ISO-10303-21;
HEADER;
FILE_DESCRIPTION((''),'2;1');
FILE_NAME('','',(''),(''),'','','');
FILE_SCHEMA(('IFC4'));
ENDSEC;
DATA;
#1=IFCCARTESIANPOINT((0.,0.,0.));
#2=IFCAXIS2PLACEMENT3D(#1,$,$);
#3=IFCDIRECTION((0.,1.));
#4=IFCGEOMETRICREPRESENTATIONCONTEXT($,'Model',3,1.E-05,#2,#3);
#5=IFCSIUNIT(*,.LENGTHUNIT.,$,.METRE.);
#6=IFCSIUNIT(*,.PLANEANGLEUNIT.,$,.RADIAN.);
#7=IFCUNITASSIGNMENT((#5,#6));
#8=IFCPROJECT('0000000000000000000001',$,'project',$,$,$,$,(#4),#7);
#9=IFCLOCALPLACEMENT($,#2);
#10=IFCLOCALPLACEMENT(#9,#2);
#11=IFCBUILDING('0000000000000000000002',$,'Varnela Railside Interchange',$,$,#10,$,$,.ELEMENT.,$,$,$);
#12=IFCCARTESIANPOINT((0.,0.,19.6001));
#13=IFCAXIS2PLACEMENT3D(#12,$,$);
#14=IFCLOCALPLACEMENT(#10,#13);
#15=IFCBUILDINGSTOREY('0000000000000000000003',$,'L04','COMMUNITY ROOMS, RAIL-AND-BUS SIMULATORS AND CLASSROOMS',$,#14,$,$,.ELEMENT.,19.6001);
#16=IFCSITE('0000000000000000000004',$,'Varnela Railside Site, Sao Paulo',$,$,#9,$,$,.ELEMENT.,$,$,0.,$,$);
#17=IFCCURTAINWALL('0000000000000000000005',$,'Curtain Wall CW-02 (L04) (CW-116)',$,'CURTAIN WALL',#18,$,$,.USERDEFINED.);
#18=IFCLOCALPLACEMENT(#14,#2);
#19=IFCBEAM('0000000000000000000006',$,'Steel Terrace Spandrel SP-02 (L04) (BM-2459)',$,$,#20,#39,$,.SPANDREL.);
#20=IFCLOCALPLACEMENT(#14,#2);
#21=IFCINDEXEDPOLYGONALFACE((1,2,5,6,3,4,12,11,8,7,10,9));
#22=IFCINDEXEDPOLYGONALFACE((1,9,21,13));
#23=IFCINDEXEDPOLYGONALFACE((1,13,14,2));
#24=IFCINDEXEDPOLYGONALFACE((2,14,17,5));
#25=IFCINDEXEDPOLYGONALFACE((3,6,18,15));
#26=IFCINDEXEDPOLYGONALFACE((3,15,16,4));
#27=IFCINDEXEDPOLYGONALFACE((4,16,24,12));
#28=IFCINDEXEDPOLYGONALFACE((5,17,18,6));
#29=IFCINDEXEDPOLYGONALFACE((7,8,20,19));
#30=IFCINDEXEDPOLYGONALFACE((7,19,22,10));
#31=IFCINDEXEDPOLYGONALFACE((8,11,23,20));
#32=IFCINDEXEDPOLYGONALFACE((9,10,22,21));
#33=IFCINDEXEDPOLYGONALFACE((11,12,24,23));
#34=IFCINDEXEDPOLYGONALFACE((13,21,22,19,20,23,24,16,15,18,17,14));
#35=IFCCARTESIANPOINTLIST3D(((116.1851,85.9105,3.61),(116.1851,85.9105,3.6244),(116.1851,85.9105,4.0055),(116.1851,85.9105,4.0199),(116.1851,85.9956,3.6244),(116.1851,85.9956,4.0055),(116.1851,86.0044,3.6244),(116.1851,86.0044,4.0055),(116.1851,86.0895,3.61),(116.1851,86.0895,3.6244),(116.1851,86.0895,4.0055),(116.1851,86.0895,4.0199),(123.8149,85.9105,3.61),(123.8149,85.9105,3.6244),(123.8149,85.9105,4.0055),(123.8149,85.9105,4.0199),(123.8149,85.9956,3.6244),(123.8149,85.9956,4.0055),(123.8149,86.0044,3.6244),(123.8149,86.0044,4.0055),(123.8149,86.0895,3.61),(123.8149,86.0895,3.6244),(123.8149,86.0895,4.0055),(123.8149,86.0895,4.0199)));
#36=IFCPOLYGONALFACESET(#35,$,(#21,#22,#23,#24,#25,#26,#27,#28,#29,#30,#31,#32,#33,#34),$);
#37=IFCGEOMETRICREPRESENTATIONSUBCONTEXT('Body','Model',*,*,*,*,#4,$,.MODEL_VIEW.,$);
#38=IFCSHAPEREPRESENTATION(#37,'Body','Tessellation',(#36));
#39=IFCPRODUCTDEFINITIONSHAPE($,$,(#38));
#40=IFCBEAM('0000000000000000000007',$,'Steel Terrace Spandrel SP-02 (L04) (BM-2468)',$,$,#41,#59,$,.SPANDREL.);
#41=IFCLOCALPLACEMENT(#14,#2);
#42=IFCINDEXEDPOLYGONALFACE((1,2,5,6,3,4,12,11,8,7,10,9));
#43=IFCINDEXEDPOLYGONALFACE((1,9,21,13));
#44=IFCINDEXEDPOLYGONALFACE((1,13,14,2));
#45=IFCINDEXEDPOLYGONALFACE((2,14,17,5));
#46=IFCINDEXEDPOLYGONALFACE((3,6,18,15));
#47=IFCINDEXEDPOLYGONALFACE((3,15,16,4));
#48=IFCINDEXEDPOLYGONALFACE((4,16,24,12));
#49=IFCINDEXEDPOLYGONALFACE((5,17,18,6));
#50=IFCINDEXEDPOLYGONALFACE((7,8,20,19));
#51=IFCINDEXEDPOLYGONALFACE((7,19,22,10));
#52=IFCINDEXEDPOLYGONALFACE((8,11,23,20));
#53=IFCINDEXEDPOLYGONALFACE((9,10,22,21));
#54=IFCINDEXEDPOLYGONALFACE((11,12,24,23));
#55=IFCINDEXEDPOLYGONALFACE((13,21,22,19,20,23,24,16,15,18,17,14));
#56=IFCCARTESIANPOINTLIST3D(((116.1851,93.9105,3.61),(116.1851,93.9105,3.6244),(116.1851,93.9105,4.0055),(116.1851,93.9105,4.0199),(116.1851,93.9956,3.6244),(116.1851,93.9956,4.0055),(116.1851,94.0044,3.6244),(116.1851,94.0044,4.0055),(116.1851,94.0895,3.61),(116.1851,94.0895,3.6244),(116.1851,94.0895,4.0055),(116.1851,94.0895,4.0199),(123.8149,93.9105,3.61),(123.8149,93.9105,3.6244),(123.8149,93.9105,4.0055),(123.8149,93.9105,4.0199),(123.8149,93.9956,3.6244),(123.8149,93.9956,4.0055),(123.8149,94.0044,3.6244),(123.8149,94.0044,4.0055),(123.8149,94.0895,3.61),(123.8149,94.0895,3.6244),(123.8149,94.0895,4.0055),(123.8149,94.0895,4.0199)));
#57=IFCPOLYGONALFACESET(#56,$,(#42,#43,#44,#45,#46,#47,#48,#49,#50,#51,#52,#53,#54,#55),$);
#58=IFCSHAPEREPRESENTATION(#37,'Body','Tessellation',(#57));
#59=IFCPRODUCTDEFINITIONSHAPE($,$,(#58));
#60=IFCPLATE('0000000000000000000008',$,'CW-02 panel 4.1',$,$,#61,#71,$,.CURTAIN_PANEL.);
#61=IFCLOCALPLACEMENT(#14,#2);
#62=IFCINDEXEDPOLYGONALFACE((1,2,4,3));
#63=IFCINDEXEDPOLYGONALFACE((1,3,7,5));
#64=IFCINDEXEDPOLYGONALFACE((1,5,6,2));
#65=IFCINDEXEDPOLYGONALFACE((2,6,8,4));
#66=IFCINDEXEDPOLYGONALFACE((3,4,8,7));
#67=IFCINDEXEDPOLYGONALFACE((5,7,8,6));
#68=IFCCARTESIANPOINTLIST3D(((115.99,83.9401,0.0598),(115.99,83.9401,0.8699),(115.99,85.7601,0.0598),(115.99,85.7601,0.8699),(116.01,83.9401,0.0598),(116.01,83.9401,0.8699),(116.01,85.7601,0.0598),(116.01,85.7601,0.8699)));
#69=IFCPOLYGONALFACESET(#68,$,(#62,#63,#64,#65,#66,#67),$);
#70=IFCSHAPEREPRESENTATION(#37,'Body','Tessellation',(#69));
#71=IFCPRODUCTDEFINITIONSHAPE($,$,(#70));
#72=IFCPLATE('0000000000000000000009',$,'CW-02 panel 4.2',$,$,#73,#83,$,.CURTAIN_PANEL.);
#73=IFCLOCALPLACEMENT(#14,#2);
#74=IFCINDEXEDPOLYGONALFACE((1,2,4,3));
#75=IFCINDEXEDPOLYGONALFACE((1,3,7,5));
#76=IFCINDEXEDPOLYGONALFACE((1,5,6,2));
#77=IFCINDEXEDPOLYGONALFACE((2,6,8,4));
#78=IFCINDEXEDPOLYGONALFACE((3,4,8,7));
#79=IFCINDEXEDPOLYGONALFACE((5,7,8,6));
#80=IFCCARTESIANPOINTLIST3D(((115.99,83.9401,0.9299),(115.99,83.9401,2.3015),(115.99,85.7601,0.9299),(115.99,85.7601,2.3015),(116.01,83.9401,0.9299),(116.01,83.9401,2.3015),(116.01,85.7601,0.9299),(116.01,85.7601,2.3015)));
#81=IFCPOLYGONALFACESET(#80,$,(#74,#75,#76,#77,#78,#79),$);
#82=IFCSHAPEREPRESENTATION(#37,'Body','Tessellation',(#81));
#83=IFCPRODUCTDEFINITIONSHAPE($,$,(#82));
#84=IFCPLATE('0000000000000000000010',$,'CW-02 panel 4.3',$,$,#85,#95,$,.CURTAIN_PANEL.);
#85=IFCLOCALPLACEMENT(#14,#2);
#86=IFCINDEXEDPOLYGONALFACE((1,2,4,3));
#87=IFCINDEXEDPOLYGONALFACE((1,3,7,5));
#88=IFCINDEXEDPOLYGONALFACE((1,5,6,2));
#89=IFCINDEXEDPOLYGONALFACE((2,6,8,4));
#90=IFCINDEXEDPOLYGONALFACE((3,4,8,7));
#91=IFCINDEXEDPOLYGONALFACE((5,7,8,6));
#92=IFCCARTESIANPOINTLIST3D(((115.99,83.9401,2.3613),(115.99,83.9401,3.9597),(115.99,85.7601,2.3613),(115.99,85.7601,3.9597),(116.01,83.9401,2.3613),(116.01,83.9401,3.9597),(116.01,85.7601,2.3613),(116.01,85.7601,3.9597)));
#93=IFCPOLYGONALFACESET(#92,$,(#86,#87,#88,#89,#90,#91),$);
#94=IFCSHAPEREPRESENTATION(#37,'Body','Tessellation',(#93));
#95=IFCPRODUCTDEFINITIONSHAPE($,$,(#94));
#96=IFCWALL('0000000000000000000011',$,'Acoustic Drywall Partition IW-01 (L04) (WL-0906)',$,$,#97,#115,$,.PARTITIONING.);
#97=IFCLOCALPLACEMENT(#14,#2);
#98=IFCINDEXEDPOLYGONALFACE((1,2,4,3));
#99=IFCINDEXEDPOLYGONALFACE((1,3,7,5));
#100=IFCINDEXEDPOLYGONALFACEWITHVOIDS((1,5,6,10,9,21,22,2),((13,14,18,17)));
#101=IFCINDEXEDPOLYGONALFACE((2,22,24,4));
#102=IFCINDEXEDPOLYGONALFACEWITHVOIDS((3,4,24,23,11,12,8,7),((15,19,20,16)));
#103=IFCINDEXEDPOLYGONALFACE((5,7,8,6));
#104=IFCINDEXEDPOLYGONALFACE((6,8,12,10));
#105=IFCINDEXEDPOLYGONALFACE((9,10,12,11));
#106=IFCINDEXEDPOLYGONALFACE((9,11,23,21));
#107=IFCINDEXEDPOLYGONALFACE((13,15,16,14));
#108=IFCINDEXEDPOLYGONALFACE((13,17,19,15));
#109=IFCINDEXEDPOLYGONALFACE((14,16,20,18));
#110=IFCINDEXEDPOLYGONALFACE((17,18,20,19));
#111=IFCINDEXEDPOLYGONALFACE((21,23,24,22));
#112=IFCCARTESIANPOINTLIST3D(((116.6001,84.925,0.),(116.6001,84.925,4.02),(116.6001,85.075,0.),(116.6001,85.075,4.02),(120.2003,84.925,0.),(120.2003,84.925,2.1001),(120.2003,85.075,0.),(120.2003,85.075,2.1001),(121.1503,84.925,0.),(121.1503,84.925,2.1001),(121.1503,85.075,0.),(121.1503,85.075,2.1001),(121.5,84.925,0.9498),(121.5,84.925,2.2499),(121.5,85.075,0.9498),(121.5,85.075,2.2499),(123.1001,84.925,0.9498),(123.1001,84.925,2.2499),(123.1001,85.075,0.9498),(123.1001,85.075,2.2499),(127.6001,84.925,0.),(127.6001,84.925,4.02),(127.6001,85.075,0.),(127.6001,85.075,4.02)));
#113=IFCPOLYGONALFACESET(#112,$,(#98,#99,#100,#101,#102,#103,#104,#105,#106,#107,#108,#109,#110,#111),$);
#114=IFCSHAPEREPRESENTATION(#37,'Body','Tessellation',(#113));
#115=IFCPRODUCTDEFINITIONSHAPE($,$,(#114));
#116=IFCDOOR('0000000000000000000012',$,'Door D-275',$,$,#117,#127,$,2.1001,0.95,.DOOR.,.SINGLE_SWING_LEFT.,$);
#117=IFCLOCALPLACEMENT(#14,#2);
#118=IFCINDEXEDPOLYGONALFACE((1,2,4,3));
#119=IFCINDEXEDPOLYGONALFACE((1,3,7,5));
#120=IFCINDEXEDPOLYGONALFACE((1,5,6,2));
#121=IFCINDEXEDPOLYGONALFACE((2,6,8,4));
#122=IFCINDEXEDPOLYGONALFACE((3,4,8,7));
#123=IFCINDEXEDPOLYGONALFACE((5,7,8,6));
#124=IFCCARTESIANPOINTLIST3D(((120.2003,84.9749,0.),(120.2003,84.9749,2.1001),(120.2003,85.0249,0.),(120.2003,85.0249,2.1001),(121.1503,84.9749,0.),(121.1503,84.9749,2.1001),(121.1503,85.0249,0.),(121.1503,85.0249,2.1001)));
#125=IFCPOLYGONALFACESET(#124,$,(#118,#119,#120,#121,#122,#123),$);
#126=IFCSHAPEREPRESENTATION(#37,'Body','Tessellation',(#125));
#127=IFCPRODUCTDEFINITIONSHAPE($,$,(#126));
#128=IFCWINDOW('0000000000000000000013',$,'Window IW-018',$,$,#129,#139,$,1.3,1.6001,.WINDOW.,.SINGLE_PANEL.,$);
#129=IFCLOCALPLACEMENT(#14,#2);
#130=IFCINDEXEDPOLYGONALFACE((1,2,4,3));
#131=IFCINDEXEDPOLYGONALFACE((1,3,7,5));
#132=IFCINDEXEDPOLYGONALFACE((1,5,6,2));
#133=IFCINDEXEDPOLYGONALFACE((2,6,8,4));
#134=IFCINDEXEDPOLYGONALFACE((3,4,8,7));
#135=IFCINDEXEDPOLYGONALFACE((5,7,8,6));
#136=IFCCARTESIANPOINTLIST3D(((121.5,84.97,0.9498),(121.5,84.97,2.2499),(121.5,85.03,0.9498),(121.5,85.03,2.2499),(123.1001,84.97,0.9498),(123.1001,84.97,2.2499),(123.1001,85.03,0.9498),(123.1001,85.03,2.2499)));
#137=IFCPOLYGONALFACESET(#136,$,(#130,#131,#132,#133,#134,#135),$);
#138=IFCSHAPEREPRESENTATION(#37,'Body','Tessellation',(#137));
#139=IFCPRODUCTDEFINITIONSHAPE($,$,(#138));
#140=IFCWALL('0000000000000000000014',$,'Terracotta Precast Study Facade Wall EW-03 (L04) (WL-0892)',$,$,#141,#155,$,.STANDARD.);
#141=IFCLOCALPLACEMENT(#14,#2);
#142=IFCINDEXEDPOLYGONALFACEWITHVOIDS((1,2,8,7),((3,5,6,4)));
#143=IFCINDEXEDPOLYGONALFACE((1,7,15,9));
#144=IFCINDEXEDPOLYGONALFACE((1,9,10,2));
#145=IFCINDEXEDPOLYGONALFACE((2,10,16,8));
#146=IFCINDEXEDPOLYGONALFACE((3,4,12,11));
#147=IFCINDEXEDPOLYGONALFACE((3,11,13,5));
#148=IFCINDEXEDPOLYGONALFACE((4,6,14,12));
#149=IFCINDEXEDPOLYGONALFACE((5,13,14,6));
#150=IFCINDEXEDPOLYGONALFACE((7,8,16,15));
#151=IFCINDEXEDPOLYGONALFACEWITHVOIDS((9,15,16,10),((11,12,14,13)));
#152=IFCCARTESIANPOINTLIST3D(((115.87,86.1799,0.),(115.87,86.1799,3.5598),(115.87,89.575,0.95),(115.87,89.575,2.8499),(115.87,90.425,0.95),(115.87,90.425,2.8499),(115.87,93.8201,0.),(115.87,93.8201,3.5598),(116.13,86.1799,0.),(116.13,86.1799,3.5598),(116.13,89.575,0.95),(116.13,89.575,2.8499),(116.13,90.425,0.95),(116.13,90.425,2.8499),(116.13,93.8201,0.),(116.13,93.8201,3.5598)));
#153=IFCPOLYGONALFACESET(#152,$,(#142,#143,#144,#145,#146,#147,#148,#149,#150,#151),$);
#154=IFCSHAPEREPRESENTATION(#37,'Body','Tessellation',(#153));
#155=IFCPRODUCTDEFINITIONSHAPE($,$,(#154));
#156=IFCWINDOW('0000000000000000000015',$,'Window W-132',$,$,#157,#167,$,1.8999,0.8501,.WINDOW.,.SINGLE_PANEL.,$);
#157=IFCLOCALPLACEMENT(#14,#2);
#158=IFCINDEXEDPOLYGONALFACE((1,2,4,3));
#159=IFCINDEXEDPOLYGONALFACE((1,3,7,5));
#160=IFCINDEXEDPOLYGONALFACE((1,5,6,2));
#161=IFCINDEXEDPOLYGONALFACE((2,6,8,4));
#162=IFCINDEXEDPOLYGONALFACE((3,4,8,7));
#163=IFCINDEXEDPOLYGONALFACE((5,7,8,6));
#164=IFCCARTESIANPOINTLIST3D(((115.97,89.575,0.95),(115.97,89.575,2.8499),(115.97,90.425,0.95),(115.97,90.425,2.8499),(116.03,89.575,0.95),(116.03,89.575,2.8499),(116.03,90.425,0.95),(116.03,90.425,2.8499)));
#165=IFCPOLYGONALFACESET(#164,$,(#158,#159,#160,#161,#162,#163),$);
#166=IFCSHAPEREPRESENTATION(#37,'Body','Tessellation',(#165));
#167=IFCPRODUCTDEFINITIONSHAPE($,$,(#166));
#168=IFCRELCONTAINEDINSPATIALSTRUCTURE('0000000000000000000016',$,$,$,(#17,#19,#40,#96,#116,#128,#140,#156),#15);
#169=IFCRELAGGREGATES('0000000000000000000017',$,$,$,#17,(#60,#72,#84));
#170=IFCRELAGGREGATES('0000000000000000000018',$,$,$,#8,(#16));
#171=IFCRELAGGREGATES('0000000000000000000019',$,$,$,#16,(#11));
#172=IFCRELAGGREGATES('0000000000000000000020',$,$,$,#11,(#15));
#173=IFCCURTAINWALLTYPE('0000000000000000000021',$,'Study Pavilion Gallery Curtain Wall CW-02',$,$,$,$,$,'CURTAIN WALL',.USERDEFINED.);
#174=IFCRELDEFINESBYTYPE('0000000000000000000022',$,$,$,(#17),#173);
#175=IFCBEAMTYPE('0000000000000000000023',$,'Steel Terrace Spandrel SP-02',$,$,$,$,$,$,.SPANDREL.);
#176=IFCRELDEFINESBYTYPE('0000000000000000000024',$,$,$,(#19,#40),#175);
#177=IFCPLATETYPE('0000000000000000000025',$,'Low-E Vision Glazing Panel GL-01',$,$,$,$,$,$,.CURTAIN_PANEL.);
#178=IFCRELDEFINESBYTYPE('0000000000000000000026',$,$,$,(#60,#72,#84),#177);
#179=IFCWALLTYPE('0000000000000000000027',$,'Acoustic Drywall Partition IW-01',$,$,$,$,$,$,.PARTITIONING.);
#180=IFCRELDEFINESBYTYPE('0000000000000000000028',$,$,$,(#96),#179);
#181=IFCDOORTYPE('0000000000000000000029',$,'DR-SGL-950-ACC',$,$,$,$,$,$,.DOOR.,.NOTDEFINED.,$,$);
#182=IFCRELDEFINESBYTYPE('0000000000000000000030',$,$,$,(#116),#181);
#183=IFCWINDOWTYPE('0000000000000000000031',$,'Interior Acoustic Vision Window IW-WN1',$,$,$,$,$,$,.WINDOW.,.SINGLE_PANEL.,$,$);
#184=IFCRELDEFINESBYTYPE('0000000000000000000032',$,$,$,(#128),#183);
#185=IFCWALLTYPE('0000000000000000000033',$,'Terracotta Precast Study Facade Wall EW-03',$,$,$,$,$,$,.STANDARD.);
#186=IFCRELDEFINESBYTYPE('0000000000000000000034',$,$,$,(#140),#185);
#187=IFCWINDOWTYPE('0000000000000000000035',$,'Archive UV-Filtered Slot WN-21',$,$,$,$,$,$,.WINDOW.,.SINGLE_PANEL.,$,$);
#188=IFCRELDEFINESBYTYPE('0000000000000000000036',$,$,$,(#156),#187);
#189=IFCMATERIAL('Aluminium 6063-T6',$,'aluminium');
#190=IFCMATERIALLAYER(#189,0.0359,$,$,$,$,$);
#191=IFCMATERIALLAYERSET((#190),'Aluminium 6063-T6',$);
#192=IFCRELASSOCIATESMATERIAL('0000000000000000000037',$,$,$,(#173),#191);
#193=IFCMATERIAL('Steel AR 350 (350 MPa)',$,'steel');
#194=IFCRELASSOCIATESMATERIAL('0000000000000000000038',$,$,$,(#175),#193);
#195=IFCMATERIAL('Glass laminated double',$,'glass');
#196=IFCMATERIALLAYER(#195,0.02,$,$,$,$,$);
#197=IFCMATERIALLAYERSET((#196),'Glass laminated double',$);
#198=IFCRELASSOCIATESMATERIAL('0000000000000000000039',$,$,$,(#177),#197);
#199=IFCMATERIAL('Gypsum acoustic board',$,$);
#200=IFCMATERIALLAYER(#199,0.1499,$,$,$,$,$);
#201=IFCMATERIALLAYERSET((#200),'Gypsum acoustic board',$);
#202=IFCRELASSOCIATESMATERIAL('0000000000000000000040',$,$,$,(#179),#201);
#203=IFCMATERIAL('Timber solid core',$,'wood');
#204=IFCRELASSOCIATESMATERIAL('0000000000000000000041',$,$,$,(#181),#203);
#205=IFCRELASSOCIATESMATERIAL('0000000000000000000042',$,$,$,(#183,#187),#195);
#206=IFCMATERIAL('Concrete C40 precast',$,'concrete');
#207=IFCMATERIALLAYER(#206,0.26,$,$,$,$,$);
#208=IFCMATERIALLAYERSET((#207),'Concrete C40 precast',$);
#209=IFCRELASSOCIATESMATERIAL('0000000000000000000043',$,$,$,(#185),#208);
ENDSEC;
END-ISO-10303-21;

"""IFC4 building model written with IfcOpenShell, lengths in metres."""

from ifc_helpers import new_model, si_unit, direction, frame, frame_2d, origin, origin_2d, place, context, subcontext, project, spatial, rectangle, i_section, extrude, material, layer, layer_set, material_profile, profile_set, type_object, element, fill, aggregate, save


model = new_model("IFC4")

# Units and contexts
model_context = context("Model", 3, precision=1e-05, world=origin(), true_north=direction((0.0, 1.0)))
body_context = subcontext(model_context, "Body", "Model", "MODEL_VIEW")
ifc_project = project(units=[si_unit("LENGTHUNIT", "METRE"), si_unit("PLANEANGLEUNIT", "RADIAN")], contexts=[model_context])

# Site, building, storey
site_placement = place(None, origin())
site = spatial("IfcSite", under=ifc_project, at=site_placement, Name="Varnela Railside Site, Sao Paulo", CompositionType="ELEMENT", RefElevation=0.0)
building_placement = place(site_placement, origin())
building = spatial("IfcBuilding", under=site, at=building_placement, Name="Varnela Railside Interchange", CompositionType="ELEMENT")
storey_placement = place(building_placement, frame((0.0, 0.0, 19.6001)))
storey = spatial("IfcBuildingStorey", under=building, at=storey_placement, Name="L04", Description="COMMUNITY ROOMS, RAIL-AND-BUS SIMULATORS AND CLASSROOMS", CompositionType="ELEMENT", Elevation=19.6001)

# Shared definitions
ifc_material_1 = material(Name="Steel AR 350 (350 MPa)", Category="steel")

# Curtain wall
ifc_material_2 = material(Name="Aluminium 6063-T6", Category="aluminium")
ifc_layer_1 = layer(ifc_material_2, 0.0359)
ifc_layer_set_1 = layer_set([ifc_layer_1], Name="Aluminium 6063-T6")
curtain_wall_type = type_object("IfcCurtainWallType", Name="Study Pavilion Gallery Curtain Wall CW-02", ElementType="CURTAIN WALL", PredefinedType="USERDEFINED", material=ifc_layer_set_1)
curtain_wall_1_placement = place(storey_placement, origin())
curtain_wall_1 = element("IfcCurtainWall", 1, at=curtain_wall_1_placement, inside=storey, type_object=curtain_wall_type, Name="Curtain Wall CW-02 (L04) (CW-116)", ObjectType="CURTAIN WALL", PredefinedType="USERDEFINED")

# Beams
ifc_material_profile_1 = material_profile(ifc_material_1, i_section(OverallWidth=0.179, OverallDepth=0.4099, WebThickness=0.0088, FlangeThickness=0.0144, at=origin_2d()), Name="W410x67")
ifc_profile_set_1 = profile_set([ifc_material_profile_1], Name="Steel AR 350 (350 MPa)")
beam_type_1 = type_object("IfcBeamType", Name="Steel Terrace Spandrel SP-02", PredefinedType="SPANDREL", material=ifc_profile_set_1)
for number, where, z_axis, x_axis, name in (
    (2, (116.1851, 86.0, 3.8149), (1.0, 0.0, 0.0), (0.0, 1.0, 0.0), "Steel Terrace Spandrel SP-02 (L04) (BM-2459)"),
    (3, (116.1851, 94.0, 3.8149), (1.0, 0.0, 0.0), (0.0, 1.0, 0.0), "Steel Terrace Spandrel SP-02 (L04) (BM-2468)"),
):
    element("IfcBeam", number, at=place(storey_placement, frame(where, z_axis=z_axis, x_axis=x_axis)), inside=storey, type_object=beam_type_1, Name=name, PredefinedType="SPANDREL", context=body_context, shape_type="SweptSolid", body=[
        extrude(i_section(OverallWidth=0.179, OverallDepth=0.4099, WebThickness=0.0088, FlangeThickness=0.0144, at=origin_2d()), origin(), (0.0, 0.0, 1.0), 7.6299),
    ])

# Plates
ifc_material_3 = material(Name="Glass laminated double", Category="glass")
ifc_layer_2 = layer(ifc_material_3, 0.02)
ifc_layer_set_2 = layer_set([ifc_layer_2], Name="Glass laminated double")
plate_type = type_object("IfcPlateType", Name="Low-E Vision Glazing Panel GL-01", PredefinedType="CURTAIN_PANEL", material=ifc_layer_set_2)
plate_1_placement = place(storey_placement, frame((116.0, 84.8501, 0.0598), z_axis=(0.0, 0.0, 1.0), x_axis=(0.0, 1.0, 0.0)))
plate_1 = element("IfcPlate", 4, at=plate_1_placement, type_object=plate_type, Name="CW-02 panel 4.1", PredefinedType="CURTAIN_PANEL", context=body_context, shape_type="SweptSolid", body=[
    extrude(rectangle(XDim=1.8201, YDim=0.02, at=origin_2d()), origin(), (0.0, 0.0, 1.0), 0.8101),
])
plate_2_placement = place(storey_placement, frame((116.0, 84.8501, 0.9299), z_axis=(0.0, 0.0, 1.0), x_axis=(0.0, 1.0, 0.0)))
plate_2 = element("IfcPlate", 5, at=plate_2_placement, type_object=plate_type, Name="CW-02 panel 4.2", PredefinedType="CURTAIN_PANEL", context=body_context, shape_type="SweptSolid", body=[
    extrude(rectangle(XDim=1.8201, YDim=0.02, at=origin_2d()), origin(), (0.0, 0.0, 1.0), 1.3716),
])
plate_3_placement = place(storey_placement, frame((116.0, 84.8501, 2.3613), z_axis=(0.0, 0.0, 1.0), x_axis=(0.0, 1.0, 0.0)))
plate_3 = element("IfcPlate", 6, at=plate_3_placement, type_object=plate_type, Name="CW-02 panel 4.3", PredefinedType="CURTAIN_PANEL", context=body_context, shape_type="SweptSolid", body=[
    extrude(rectangle(XDim=1.8201, YDim=0.02, at=origin_2d()), origin(), (0.0, 0.0, 1.0), 1.5984),
])
aggregate(curtain_wall_1, [plate_1, plate_2, plate_3])

# Wall, openings, door, window
ifc_material_4 = material(Name="Gypsum acoustic board")
ifc_layer_3 = layer(ifc_material_4, 0.1499)
ifc_layer_set_3 = layer_set([ifc_layer_3], Name="Gypsum acoustic board")
wall_type_1 = type_object("IfcWallType", Name="Acoustic Drywall Partition IW-01", PredefinedType="PARTITIONING", material=ifc_layer_set_3)
wall_1_placement = place(storey_placement, frame((116.6001, 85.0, 0.0), z_axis=(0.0, 0.0, 1.0), x_axis=(1.0, 0.0, 0.0)))
wall_1 = element("IfcWall", 7, at=wall_1_placement, inside=storey, type_object=wall_type_1, Name="Acoustic Drywall Partition IW-01 (L04) (WL-0906)", PredefinedType="PARTITIONING", context=body_context, shape_type="SweptSolid", body=[
    extrude(rectangle(XDim=11.0, YDim=0.1499, at=frame_2d((5.5, 0.0))), origin(), (0.0, 0.0, 1.0), 4.02),
])
opening_1_placement = place(wall_1_placement, frame((3.6001, 0.0, 0.0)))
opening_1 = element("IfcOpeningElement", 8, at=opening_1_placement, cuts=wall_1, PredefinedType="OPENING", context=body_context, shape_type="SweptSolid", body=[
    extrude(rectangle(XDim=0.95, YDim=2.1001, at=frame_2d((0.4751, 1.05))), frame((0.0, 0.085, 0.0), z_axis=(0.0, -1.0, 0.0), x_axis=(1.0, 0.0, 0.0)), (0.0, 0.0, 1.0), 0.1699),
])
opening_2_placement = place(wall_1_placement, frame((4.8999, 0.0, 0.95)))
opening_2 = element("IfcOpeningElement", 9, at=opening_2_placement, cuts=wall_1, PredefinedType="OPENING", context=body_context, shape_type="SweptSolid", body=[
    extrude(rectangle(XDim=1.6001, YDim=1.3, at=frame_2d((0.8, 0.6499))), frame((0.0, 0.085, 0.0), z_axis=(0.0, -1.0, 0.0), x_axis=(1.0, 0.0, 0.0)), (0.0, 0.0, 1.0), 0.1699),
])
ifc_material_5 = material(Name="Timber solid core", Category="wood")
door_type = type_object("IfcDoorType", Name="DR-SGL-950-ACC", OperationType="NOTDEFINED", PredefinedType="DOOR", material=ifc_material_5)
door_placement = place(opening_1_placement, origin())
door = element("IfcDoor", 10, at=door_placement, inside=storey, type_object=door_type, Name="Door D-275", OperationType="SINGLE_SWING_LEFT", OverallHeight=2.1001, OverallWidth=0.95, PredefinedType="DOOR", context=body_context, shape_type="SweptSolid", body=[
    extrude(rectangle(XDim=0.95, YDim=2.1001, at=frame_2d((0.4751, 1.05))), frame((0.0, 0.0249, 0.0), z_axis=(0.0, -1.0, 0.0), x_axis=(1.0, 0.0, 0.0)), (0.0, 0.0, 1.0), 0.05),
])
fill(opening_1, door)
window_type_1 = type_object("IfcWindowType", Name="Interior Acoustic Vision Window IW-WN1", PartitioningType="SINGLE_PANEL", PredefinedType="WINDOW", material=ifc_material_3)
window_1_placement = place(opening_2_placement, origin())
window_1 = element("IfcWindow", 11, at=window_1_placement, inside=storey, type_object=window_type_1, Name="Window IW-018", OverallHeight=1.3, OverallWidth=1.6001, PartitioningType="SINGLE_PANEL", PredefinedType="WINDOW", context=body_context, shape_type="SweptSolid", body=[
    extrude(rectangle(XDim=1.6001, YDim=1.3, at=frame_2d((0.8, 0.6499))), frame((0.0, 0.03, 0.0), z_axis=(0.0, -1.0, 0.0), x_axis=(1.0, 0.0, 0.0)), (0.0, 0.0, 1.0), 0.0601),
])
fill(opening_2, window_1)

# Wall, opening, window
ifc_material_6 = material(Name="Concrete C40 precast", Category="concrete")
ifc_layer_4 = layer(ifc_material_6, 0.26)
ifc_layer_set_4 = layer_set([ifc_layer_4], Name="Concrete C40 precast")
wall_type_2 = type_object("IfcWallType", Name="Terracotta Precast Study Facade Wall EW-03", PredefinedType="STANDARD", material=ifc_layer_set_4)
wall_2_placement = place(storey_placement, frame((116.0, 86.1799, 0.0), z_axis=(0.0, 0.0, 1.0), x_axis=(0.0, 1.0, 0.0)))
wall_2 = element("IfcWall", 12, at=wall_2_placement, inside=storey, type_object=wall_type_2, Name="Terracotta Precast Study Facade Wall EW-03 (L04) (WL-0892)", PredefinedType="STANDARD", context=body_context, shape_type="SweptSolid", body=[
    extrude(rectangle(XDim=7.6401, YDim=0.26, at=frame_2d((3.8201, 0.0))), origin(), (0.0, 0.0, 1.0), 3.5598),
])
opening_3_placement = place(wall_2_placement, frame((3.395, 0.0, 0.95)))
opening_3 = element("IfcOpeningElement", 13, at=opening_3_placement, cuts=wall_2, PredefinedType="OPENING", context=body_context, shape_type="SweptSolid", body=[
    extrude(rectangle(XDim=0.8501, YDim=1.8999, at=frame_2d((0.425, 0.95))), frame((0.0, 0.1399, 0.0), z_axis=(0.0, -1.0, 0.0), x_axis=(1.0, 0.0, 0.0)), (0.0, 0.0, 1.0), 0.28),
])
window_type_2 = type_object("IfcWindowType", Name="Archive UV-Filtered Slot WN-21", PartitioningType="SINGLE_PANEL", PredefinedType="WINDOW", material=ifc_material_3)
window_2_placement = place(opening_3_placement, origin())
window_2 = element("IfcWindow", 14, at=window_2_placement, inside=storey, type_object=window_type_2, Name="Window W-132", OverallHeight=1.8999, OverallWidth=0.8501, PartitioningType="SINGLE_PANEL", PredefinedType="WINDOW", context=body_context, shape_type="SweptSolid", body=[
    extrude(rectangle(XDim=0.8501, YDim=1.8999, at=frame_2d((0.425, 0.95))), frame((0.0, 0.03, 0.0), z_axis=(0.0, -1.0, 0.0), x_axis=(1.0, 0.0, 0.0)), (0.0, 0.0, 1.0), 0.0601),
])
fill(opening_3, window_2)

save(model, "model.ifc")
